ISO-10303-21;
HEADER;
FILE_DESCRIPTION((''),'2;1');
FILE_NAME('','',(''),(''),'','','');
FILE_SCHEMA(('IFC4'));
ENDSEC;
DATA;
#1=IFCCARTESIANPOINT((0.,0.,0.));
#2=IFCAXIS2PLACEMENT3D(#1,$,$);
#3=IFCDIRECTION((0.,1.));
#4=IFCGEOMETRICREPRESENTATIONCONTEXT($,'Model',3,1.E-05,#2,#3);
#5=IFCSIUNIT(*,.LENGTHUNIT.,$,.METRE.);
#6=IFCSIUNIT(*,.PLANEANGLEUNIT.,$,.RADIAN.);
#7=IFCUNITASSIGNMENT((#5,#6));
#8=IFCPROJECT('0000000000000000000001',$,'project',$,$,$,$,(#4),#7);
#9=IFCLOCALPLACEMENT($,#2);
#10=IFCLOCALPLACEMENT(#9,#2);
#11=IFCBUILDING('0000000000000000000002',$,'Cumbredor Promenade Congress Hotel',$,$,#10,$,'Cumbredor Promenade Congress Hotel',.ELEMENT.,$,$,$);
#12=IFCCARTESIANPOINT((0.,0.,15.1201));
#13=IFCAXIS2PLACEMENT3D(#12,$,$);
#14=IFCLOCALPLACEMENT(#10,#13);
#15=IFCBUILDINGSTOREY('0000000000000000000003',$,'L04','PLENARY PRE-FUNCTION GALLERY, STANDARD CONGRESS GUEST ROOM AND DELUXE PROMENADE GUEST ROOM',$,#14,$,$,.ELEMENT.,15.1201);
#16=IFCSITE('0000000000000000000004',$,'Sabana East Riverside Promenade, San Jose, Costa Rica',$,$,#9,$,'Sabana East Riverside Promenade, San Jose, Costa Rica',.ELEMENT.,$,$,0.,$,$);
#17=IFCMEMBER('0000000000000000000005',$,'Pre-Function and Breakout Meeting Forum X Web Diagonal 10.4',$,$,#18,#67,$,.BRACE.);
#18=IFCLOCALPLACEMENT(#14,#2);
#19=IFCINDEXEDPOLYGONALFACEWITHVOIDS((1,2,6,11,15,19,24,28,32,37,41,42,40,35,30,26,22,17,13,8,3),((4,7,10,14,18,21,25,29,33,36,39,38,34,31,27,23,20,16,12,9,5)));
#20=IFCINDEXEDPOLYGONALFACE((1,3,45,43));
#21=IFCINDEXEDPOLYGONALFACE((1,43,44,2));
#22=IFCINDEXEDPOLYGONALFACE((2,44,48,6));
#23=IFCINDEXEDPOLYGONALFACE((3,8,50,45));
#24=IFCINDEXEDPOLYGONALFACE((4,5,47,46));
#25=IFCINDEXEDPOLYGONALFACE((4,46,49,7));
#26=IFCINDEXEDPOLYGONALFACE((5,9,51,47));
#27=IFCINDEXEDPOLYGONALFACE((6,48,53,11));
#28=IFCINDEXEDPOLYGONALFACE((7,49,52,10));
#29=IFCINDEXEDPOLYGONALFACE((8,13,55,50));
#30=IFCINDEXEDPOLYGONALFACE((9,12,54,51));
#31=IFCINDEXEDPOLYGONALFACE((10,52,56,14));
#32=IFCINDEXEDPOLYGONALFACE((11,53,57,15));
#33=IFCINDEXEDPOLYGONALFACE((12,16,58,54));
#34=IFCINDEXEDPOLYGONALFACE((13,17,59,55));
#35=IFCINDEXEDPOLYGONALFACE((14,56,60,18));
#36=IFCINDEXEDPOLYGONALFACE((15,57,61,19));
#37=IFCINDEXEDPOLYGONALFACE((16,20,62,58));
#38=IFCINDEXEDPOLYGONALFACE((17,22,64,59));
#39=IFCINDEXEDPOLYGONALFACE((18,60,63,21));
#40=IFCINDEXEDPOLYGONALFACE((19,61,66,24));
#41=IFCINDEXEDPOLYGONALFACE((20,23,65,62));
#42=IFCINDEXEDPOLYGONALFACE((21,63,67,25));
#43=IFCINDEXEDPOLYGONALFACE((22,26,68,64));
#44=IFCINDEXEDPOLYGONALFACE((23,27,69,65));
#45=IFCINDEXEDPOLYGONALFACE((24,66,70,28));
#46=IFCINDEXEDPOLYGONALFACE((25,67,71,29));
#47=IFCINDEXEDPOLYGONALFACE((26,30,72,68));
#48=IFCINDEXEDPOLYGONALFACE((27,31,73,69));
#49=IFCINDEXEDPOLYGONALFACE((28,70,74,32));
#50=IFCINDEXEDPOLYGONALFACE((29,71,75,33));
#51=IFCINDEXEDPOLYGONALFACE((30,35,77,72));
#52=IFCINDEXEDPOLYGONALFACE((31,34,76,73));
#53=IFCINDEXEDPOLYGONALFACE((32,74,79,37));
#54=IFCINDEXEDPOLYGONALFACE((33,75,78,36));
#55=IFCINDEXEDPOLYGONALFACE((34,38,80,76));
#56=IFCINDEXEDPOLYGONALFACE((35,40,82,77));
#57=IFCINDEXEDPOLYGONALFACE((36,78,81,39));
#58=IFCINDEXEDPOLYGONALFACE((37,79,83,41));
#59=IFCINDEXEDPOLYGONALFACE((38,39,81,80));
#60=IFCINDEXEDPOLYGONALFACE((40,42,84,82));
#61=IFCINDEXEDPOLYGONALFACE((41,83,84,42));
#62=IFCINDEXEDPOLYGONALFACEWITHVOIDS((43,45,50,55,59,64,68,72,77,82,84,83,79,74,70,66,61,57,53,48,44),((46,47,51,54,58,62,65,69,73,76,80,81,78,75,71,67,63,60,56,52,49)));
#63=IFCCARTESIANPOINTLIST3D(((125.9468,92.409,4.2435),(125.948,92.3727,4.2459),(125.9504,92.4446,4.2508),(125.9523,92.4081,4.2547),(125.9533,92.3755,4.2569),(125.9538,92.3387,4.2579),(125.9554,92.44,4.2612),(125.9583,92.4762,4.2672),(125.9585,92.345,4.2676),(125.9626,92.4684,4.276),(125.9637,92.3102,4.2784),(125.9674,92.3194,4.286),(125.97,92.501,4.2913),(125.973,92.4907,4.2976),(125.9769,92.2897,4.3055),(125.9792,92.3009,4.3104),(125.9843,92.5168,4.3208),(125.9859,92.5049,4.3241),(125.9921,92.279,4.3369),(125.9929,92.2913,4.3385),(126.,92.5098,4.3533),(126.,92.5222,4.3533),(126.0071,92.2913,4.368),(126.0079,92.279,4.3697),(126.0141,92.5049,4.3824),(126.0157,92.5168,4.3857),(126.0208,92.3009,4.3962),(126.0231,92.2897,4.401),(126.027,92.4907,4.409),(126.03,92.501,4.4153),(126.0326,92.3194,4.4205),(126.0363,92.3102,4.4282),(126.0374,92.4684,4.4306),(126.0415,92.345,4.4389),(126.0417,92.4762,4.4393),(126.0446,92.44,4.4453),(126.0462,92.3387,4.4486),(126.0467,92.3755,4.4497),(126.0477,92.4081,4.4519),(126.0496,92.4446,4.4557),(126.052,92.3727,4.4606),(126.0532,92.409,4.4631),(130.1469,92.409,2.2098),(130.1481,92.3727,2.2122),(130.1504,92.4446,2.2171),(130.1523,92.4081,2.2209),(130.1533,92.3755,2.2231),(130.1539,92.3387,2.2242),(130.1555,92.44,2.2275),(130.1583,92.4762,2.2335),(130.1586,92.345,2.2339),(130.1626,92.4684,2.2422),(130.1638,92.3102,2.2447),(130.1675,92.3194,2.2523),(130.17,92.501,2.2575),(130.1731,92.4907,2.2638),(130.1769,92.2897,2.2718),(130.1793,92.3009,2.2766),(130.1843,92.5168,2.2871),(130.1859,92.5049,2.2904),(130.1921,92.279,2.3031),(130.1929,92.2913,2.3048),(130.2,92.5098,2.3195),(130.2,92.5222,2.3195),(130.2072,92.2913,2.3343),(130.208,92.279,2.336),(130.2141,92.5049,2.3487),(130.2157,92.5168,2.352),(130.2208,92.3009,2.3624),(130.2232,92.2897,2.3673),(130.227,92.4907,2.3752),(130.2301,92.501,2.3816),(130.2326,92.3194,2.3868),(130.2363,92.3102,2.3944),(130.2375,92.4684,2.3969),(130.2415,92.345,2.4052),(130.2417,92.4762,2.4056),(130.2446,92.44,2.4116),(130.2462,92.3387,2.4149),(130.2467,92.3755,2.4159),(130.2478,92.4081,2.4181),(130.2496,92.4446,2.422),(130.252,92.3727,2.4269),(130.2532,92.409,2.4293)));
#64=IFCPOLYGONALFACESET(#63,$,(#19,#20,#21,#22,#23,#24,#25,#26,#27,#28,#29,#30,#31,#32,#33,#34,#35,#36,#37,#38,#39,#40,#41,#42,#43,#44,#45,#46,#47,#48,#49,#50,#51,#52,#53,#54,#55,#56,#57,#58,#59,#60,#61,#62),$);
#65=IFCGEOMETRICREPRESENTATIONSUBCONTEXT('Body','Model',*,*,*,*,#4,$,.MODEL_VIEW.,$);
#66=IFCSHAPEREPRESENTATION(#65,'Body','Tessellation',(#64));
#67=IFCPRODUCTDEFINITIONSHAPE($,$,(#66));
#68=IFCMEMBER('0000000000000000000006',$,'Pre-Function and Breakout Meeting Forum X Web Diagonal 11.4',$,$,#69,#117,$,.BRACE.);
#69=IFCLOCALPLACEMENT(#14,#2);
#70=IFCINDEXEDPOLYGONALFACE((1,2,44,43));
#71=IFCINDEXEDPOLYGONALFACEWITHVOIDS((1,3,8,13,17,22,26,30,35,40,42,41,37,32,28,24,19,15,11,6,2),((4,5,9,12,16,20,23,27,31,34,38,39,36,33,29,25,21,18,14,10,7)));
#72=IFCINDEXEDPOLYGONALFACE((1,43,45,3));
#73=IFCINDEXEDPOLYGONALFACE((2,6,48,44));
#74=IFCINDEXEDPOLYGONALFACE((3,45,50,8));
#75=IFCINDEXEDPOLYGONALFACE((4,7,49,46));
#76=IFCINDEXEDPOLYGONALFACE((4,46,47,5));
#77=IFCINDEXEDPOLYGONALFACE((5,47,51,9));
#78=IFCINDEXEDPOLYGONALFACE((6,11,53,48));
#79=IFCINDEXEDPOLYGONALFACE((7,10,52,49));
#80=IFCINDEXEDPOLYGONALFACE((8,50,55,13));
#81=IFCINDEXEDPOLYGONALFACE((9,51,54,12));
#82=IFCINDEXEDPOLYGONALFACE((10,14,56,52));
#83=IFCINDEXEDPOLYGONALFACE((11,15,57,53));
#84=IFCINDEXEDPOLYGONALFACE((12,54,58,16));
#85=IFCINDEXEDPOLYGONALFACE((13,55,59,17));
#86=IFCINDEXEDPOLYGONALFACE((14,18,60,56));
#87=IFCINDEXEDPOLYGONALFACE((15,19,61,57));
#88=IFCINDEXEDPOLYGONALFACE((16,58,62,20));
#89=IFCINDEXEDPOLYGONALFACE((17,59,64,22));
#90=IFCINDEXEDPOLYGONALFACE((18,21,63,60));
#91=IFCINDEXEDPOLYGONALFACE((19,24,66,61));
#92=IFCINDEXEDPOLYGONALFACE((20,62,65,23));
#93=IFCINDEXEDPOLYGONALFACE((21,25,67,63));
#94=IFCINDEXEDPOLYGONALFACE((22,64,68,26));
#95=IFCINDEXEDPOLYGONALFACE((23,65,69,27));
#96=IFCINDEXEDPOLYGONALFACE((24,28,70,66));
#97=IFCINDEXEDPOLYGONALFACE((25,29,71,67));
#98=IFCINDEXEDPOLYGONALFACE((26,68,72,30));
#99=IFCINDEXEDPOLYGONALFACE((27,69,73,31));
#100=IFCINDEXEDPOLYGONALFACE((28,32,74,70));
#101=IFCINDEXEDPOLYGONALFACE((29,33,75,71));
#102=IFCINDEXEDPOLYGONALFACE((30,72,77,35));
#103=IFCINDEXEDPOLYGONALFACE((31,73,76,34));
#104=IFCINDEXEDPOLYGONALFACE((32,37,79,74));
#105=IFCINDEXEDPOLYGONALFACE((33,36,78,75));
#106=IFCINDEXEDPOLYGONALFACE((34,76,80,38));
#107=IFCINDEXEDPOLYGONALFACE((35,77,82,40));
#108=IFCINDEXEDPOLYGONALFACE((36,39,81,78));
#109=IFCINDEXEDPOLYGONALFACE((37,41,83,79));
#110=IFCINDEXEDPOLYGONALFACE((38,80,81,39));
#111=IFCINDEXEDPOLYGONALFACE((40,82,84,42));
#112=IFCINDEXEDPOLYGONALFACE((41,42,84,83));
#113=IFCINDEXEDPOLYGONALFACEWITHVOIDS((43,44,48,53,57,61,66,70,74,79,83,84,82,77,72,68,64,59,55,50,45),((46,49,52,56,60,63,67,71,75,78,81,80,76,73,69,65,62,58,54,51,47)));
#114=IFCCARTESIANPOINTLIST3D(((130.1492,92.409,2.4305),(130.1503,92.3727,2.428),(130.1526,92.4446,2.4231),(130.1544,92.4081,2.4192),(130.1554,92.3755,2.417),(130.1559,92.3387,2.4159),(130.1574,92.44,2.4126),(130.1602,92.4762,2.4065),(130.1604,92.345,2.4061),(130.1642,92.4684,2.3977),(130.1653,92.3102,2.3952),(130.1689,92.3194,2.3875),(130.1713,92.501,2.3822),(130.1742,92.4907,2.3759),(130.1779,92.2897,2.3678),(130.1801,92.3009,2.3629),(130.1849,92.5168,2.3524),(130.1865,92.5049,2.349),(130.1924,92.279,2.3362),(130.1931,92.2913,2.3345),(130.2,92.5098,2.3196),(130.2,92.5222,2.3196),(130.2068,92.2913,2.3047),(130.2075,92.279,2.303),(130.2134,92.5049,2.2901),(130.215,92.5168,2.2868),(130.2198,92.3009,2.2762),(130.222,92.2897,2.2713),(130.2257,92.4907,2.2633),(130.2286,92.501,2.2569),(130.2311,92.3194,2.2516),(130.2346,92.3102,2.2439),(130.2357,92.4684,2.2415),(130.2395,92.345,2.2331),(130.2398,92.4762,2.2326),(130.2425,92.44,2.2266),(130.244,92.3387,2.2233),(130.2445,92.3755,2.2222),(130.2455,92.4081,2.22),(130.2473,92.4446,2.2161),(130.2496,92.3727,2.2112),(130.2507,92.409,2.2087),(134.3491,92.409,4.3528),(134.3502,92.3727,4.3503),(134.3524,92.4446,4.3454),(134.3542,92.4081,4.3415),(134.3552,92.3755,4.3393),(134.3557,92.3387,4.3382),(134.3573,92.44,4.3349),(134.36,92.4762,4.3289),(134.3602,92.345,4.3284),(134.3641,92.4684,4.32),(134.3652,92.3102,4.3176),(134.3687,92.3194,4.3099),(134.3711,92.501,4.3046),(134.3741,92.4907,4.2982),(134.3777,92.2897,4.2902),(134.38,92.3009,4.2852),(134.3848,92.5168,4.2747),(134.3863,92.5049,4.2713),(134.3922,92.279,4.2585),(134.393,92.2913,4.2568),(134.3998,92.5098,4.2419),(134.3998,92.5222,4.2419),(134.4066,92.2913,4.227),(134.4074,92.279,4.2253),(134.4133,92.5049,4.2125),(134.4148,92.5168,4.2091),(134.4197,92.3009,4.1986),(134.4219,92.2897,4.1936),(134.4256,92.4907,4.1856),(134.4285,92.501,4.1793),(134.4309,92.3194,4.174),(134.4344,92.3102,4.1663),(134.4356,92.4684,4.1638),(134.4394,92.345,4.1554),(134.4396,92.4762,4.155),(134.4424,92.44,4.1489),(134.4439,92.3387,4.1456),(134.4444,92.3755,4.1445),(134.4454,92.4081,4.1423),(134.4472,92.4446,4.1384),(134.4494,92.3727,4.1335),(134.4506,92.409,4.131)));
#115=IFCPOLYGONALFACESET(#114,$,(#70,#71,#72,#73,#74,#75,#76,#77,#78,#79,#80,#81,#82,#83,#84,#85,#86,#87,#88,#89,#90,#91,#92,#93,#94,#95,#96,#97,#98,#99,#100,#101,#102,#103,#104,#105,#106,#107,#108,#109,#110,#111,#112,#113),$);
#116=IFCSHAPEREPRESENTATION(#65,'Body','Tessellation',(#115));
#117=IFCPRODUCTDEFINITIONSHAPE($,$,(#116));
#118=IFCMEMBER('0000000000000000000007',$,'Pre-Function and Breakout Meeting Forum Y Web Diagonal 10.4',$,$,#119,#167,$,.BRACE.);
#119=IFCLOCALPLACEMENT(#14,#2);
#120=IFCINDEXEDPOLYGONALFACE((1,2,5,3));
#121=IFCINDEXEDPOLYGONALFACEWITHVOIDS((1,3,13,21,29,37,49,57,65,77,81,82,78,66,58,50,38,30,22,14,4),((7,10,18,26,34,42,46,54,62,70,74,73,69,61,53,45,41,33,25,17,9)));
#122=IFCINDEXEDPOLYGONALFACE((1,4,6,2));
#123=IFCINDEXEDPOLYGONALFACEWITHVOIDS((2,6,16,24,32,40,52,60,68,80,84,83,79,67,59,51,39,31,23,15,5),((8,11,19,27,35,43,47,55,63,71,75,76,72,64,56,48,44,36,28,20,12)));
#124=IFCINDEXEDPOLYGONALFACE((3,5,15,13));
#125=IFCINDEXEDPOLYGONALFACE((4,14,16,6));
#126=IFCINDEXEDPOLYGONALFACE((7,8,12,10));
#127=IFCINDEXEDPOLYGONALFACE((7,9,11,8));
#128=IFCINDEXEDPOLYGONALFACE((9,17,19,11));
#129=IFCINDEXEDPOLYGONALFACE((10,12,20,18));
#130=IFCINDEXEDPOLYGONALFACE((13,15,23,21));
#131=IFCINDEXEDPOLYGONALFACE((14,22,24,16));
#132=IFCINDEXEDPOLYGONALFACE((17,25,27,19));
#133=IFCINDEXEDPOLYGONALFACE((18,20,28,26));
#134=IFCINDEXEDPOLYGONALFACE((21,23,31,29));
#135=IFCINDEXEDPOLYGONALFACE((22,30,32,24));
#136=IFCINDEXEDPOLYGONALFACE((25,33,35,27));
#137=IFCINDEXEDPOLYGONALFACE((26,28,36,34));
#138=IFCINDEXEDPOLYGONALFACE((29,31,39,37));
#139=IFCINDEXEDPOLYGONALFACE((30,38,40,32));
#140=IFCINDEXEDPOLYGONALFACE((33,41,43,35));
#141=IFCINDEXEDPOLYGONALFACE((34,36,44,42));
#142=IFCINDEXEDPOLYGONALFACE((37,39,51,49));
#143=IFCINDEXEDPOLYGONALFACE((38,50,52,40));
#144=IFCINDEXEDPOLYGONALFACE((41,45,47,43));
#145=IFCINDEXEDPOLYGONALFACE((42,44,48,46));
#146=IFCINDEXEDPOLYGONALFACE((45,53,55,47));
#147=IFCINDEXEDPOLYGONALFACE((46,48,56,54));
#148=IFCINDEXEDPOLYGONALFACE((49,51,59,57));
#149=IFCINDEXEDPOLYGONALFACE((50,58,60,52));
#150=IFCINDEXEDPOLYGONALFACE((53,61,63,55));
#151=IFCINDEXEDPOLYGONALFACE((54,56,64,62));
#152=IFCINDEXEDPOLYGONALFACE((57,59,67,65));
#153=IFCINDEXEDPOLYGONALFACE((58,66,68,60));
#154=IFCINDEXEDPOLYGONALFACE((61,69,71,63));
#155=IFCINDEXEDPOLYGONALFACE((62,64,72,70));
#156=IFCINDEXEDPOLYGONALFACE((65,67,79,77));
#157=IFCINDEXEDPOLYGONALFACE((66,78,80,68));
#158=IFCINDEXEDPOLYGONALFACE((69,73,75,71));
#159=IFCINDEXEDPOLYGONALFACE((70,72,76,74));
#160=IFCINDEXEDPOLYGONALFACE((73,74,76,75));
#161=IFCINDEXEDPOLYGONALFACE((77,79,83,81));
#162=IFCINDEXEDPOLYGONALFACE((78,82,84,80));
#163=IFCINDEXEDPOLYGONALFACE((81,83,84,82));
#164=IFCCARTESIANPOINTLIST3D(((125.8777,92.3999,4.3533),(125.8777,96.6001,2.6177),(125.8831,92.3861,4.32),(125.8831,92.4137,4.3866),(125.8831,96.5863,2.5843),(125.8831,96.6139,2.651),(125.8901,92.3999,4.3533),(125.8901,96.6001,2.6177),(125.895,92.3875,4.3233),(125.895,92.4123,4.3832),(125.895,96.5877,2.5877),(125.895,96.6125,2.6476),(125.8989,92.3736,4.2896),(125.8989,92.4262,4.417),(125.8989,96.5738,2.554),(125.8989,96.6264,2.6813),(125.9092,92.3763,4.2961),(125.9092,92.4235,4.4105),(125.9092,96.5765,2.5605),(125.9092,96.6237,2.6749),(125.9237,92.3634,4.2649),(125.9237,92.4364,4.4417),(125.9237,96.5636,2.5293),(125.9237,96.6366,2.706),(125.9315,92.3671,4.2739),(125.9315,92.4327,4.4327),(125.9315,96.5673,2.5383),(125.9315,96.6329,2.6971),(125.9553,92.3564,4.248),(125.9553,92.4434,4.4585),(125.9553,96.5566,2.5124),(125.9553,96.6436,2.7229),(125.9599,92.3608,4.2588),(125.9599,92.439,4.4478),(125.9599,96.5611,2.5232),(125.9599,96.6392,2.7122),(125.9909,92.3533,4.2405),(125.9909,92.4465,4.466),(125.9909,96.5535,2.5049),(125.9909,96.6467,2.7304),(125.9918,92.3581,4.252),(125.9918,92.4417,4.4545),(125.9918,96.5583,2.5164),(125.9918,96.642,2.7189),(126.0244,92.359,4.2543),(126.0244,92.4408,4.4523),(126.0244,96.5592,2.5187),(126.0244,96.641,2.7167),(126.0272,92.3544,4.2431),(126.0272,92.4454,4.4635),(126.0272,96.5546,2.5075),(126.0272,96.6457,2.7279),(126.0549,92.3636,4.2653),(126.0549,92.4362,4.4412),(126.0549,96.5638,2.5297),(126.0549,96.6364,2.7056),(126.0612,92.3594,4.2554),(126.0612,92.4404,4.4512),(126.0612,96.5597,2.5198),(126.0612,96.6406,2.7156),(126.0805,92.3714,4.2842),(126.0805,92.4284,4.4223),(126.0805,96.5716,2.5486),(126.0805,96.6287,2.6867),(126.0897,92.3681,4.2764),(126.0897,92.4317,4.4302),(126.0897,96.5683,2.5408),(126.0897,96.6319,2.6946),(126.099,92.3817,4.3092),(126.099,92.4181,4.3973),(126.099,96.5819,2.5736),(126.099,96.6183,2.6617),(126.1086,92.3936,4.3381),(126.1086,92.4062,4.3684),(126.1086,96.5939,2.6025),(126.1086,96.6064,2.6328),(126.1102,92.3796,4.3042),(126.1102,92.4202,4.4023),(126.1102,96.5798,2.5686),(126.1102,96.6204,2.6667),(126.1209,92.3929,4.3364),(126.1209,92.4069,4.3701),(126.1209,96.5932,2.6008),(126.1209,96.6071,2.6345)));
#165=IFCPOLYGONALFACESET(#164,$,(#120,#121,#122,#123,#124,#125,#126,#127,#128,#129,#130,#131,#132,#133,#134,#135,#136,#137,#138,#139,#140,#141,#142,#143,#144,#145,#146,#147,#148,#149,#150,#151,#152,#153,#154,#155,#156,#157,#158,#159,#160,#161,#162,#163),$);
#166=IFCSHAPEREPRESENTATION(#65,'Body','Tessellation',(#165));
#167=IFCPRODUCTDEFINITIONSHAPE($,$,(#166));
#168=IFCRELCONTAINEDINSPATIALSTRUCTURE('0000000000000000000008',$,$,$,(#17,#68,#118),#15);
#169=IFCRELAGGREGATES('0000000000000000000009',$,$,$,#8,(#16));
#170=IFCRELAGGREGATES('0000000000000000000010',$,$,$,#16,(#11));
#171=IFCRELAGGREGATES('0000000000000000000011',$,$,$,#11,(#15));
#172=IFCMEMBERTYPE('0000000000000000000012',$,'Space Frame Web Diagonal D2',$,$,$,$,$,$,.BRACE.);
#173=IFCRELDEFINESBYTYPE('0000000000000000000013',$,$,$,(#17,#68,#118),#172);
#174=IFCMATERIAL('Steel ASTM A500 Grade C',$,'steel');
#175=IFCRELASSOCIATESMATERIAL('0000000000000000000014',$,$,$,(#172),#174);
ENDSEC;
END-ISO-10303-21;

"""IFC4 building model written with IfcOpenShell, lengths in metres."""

from ifc_helpers import new_model, si_unit, direction, frame, origin, origin_2d, place, context, subcontext, project, spatial, hollow_circle, extrude, material, material_profile, profile_set, type_object, element, save


model = new_model("IFC4")

# Units and contexts
model_context = context("Model", 3, precision=1e-05, world=origin(), true_north=direction((0.0, 1.0)))
body_context = subcontext(model_context, "Body", "Model", "MODEL_VIEW")
ifc_project = project(units=[si_unit("LENGTHUNIT", "METRE"), si_unit("PLANEANGLEUNIT", "RADIAN")], contexts=[model_context])

# Site, building, storey
site_placement = place(None, origin())
site = spatial("IfcSite", under=ifc_project, at=site_placement, Name="Sabana East Riverside Promenade, San Jose, Costa Rica", LongName="Sabana East Riverside Promenade, San Jose, Costa Rica", CompositionType="ELEMENT", RefElevation=0.0)
building_placement = place(site_placement, origin())
building = spatial("IfcBuilding", under=site, at=building_placement, Name="Cumbredor Promenade Congress Hotel", LongName="Cumbredor Promenade Congress Hotel", CompositionType="ELEMENT")
storey_placement = place(building_placement, frame((0.0, 0.0, 15.1201)))
storey = spatial("IfcBuildingStorey", under=building, at=storey_placement, Name="L04", Description="PLENARY PRE-FUNCTION GALLERY, STANDARD CONGRESS GUEST ROOM AND DELUXE PROMENADE GUEST ROOM", CompositionType="ELEMENT", Elevation=15.1201)

# Members
ifc_material_1 = material(Name="Steel ASTM A500 Grade C", Category="steel")
ifc_material_profile_1 = material_profile(ifc_material_1, hollow_circle(Radius=0.1223, WallThickness=0.0125, at=origin_2d()), Name="CHS 244.5x12.5")
ifc_profile_set_1 = profile_set([ifc_material_profile_1], Name="Steel ASTM A500 Grade C")
member_type_1 = type_object("IfcMemberType", Name="Space Frame Web Diagonal D2", PredefinedType="BRACE", material=ifc_profile_set_1)
member_1_placement = place(storey_placement, frame((126.0, 92.3999, 4.3533), z_axis=(0.900037, 0.0, -0.435814), x_axis=(0.0, 1.0, 0.0)))
element("IfcMember", 1, at=member_1_placement, inside=storey, type_object=member_type_1, Name="Pre-Function and Breakout Meeting Forum X Web Diagonal 10.4", PredefinedType="BRACE", context=body_context, shape_type="SweptSolid", body=[
    extrude(hollow_circle(Radius=0.1223, WallThickness=0.0125, at=origin_2d()), origin(), (0.0, 0.0, 1.0), 4.6665),
])
member_2_placement = place(storey_placement, frame((130.2, 92.3999, 2.3196), z_axis=(0.909279, 0.0, 0.416187), x_axis=(0.0, 1.0, 0.0)))
element("IfcMember", 2, at=member_2_placement, inside=storey, type_object=member_type_1, Name="Pre-Function and Breakout Meeting Forum X Web Diagonal 11.4", PredefinedType="BRACE", context=body_context, shape_type="SweptSolid", body=[
    extrude(hollow_circle(Radius=0.1223, WallThickness=0.0125, at=origin_2d()), origin(), (0.0, 0.0, 1.0), 4.6189),
])
member_3_placement = place(storey_placement, frame((126.0, 92.3999, 4.3533), z_axis=(0.0, 0.924205, -0.381898), x_axis=(-1.0, 0.0, 0.0)))
element("IfcMember", 3, at=member_3_placement, inside=storey, type_object=member_type_1, Name="Pre-Function and Breakout Meeting Forum Y Web Diagonal 10.4", PredefinedType="BRACE", context=body_context, shape_type="SweptSolid", body=[
    extrude(hollow_circle(Radius=0.1223, WallThickness=0.0125, at=origin_2d()), origin(), (0.0, 0.0, 1.0), 4.5447),
])

save(model, "model.ifc")
